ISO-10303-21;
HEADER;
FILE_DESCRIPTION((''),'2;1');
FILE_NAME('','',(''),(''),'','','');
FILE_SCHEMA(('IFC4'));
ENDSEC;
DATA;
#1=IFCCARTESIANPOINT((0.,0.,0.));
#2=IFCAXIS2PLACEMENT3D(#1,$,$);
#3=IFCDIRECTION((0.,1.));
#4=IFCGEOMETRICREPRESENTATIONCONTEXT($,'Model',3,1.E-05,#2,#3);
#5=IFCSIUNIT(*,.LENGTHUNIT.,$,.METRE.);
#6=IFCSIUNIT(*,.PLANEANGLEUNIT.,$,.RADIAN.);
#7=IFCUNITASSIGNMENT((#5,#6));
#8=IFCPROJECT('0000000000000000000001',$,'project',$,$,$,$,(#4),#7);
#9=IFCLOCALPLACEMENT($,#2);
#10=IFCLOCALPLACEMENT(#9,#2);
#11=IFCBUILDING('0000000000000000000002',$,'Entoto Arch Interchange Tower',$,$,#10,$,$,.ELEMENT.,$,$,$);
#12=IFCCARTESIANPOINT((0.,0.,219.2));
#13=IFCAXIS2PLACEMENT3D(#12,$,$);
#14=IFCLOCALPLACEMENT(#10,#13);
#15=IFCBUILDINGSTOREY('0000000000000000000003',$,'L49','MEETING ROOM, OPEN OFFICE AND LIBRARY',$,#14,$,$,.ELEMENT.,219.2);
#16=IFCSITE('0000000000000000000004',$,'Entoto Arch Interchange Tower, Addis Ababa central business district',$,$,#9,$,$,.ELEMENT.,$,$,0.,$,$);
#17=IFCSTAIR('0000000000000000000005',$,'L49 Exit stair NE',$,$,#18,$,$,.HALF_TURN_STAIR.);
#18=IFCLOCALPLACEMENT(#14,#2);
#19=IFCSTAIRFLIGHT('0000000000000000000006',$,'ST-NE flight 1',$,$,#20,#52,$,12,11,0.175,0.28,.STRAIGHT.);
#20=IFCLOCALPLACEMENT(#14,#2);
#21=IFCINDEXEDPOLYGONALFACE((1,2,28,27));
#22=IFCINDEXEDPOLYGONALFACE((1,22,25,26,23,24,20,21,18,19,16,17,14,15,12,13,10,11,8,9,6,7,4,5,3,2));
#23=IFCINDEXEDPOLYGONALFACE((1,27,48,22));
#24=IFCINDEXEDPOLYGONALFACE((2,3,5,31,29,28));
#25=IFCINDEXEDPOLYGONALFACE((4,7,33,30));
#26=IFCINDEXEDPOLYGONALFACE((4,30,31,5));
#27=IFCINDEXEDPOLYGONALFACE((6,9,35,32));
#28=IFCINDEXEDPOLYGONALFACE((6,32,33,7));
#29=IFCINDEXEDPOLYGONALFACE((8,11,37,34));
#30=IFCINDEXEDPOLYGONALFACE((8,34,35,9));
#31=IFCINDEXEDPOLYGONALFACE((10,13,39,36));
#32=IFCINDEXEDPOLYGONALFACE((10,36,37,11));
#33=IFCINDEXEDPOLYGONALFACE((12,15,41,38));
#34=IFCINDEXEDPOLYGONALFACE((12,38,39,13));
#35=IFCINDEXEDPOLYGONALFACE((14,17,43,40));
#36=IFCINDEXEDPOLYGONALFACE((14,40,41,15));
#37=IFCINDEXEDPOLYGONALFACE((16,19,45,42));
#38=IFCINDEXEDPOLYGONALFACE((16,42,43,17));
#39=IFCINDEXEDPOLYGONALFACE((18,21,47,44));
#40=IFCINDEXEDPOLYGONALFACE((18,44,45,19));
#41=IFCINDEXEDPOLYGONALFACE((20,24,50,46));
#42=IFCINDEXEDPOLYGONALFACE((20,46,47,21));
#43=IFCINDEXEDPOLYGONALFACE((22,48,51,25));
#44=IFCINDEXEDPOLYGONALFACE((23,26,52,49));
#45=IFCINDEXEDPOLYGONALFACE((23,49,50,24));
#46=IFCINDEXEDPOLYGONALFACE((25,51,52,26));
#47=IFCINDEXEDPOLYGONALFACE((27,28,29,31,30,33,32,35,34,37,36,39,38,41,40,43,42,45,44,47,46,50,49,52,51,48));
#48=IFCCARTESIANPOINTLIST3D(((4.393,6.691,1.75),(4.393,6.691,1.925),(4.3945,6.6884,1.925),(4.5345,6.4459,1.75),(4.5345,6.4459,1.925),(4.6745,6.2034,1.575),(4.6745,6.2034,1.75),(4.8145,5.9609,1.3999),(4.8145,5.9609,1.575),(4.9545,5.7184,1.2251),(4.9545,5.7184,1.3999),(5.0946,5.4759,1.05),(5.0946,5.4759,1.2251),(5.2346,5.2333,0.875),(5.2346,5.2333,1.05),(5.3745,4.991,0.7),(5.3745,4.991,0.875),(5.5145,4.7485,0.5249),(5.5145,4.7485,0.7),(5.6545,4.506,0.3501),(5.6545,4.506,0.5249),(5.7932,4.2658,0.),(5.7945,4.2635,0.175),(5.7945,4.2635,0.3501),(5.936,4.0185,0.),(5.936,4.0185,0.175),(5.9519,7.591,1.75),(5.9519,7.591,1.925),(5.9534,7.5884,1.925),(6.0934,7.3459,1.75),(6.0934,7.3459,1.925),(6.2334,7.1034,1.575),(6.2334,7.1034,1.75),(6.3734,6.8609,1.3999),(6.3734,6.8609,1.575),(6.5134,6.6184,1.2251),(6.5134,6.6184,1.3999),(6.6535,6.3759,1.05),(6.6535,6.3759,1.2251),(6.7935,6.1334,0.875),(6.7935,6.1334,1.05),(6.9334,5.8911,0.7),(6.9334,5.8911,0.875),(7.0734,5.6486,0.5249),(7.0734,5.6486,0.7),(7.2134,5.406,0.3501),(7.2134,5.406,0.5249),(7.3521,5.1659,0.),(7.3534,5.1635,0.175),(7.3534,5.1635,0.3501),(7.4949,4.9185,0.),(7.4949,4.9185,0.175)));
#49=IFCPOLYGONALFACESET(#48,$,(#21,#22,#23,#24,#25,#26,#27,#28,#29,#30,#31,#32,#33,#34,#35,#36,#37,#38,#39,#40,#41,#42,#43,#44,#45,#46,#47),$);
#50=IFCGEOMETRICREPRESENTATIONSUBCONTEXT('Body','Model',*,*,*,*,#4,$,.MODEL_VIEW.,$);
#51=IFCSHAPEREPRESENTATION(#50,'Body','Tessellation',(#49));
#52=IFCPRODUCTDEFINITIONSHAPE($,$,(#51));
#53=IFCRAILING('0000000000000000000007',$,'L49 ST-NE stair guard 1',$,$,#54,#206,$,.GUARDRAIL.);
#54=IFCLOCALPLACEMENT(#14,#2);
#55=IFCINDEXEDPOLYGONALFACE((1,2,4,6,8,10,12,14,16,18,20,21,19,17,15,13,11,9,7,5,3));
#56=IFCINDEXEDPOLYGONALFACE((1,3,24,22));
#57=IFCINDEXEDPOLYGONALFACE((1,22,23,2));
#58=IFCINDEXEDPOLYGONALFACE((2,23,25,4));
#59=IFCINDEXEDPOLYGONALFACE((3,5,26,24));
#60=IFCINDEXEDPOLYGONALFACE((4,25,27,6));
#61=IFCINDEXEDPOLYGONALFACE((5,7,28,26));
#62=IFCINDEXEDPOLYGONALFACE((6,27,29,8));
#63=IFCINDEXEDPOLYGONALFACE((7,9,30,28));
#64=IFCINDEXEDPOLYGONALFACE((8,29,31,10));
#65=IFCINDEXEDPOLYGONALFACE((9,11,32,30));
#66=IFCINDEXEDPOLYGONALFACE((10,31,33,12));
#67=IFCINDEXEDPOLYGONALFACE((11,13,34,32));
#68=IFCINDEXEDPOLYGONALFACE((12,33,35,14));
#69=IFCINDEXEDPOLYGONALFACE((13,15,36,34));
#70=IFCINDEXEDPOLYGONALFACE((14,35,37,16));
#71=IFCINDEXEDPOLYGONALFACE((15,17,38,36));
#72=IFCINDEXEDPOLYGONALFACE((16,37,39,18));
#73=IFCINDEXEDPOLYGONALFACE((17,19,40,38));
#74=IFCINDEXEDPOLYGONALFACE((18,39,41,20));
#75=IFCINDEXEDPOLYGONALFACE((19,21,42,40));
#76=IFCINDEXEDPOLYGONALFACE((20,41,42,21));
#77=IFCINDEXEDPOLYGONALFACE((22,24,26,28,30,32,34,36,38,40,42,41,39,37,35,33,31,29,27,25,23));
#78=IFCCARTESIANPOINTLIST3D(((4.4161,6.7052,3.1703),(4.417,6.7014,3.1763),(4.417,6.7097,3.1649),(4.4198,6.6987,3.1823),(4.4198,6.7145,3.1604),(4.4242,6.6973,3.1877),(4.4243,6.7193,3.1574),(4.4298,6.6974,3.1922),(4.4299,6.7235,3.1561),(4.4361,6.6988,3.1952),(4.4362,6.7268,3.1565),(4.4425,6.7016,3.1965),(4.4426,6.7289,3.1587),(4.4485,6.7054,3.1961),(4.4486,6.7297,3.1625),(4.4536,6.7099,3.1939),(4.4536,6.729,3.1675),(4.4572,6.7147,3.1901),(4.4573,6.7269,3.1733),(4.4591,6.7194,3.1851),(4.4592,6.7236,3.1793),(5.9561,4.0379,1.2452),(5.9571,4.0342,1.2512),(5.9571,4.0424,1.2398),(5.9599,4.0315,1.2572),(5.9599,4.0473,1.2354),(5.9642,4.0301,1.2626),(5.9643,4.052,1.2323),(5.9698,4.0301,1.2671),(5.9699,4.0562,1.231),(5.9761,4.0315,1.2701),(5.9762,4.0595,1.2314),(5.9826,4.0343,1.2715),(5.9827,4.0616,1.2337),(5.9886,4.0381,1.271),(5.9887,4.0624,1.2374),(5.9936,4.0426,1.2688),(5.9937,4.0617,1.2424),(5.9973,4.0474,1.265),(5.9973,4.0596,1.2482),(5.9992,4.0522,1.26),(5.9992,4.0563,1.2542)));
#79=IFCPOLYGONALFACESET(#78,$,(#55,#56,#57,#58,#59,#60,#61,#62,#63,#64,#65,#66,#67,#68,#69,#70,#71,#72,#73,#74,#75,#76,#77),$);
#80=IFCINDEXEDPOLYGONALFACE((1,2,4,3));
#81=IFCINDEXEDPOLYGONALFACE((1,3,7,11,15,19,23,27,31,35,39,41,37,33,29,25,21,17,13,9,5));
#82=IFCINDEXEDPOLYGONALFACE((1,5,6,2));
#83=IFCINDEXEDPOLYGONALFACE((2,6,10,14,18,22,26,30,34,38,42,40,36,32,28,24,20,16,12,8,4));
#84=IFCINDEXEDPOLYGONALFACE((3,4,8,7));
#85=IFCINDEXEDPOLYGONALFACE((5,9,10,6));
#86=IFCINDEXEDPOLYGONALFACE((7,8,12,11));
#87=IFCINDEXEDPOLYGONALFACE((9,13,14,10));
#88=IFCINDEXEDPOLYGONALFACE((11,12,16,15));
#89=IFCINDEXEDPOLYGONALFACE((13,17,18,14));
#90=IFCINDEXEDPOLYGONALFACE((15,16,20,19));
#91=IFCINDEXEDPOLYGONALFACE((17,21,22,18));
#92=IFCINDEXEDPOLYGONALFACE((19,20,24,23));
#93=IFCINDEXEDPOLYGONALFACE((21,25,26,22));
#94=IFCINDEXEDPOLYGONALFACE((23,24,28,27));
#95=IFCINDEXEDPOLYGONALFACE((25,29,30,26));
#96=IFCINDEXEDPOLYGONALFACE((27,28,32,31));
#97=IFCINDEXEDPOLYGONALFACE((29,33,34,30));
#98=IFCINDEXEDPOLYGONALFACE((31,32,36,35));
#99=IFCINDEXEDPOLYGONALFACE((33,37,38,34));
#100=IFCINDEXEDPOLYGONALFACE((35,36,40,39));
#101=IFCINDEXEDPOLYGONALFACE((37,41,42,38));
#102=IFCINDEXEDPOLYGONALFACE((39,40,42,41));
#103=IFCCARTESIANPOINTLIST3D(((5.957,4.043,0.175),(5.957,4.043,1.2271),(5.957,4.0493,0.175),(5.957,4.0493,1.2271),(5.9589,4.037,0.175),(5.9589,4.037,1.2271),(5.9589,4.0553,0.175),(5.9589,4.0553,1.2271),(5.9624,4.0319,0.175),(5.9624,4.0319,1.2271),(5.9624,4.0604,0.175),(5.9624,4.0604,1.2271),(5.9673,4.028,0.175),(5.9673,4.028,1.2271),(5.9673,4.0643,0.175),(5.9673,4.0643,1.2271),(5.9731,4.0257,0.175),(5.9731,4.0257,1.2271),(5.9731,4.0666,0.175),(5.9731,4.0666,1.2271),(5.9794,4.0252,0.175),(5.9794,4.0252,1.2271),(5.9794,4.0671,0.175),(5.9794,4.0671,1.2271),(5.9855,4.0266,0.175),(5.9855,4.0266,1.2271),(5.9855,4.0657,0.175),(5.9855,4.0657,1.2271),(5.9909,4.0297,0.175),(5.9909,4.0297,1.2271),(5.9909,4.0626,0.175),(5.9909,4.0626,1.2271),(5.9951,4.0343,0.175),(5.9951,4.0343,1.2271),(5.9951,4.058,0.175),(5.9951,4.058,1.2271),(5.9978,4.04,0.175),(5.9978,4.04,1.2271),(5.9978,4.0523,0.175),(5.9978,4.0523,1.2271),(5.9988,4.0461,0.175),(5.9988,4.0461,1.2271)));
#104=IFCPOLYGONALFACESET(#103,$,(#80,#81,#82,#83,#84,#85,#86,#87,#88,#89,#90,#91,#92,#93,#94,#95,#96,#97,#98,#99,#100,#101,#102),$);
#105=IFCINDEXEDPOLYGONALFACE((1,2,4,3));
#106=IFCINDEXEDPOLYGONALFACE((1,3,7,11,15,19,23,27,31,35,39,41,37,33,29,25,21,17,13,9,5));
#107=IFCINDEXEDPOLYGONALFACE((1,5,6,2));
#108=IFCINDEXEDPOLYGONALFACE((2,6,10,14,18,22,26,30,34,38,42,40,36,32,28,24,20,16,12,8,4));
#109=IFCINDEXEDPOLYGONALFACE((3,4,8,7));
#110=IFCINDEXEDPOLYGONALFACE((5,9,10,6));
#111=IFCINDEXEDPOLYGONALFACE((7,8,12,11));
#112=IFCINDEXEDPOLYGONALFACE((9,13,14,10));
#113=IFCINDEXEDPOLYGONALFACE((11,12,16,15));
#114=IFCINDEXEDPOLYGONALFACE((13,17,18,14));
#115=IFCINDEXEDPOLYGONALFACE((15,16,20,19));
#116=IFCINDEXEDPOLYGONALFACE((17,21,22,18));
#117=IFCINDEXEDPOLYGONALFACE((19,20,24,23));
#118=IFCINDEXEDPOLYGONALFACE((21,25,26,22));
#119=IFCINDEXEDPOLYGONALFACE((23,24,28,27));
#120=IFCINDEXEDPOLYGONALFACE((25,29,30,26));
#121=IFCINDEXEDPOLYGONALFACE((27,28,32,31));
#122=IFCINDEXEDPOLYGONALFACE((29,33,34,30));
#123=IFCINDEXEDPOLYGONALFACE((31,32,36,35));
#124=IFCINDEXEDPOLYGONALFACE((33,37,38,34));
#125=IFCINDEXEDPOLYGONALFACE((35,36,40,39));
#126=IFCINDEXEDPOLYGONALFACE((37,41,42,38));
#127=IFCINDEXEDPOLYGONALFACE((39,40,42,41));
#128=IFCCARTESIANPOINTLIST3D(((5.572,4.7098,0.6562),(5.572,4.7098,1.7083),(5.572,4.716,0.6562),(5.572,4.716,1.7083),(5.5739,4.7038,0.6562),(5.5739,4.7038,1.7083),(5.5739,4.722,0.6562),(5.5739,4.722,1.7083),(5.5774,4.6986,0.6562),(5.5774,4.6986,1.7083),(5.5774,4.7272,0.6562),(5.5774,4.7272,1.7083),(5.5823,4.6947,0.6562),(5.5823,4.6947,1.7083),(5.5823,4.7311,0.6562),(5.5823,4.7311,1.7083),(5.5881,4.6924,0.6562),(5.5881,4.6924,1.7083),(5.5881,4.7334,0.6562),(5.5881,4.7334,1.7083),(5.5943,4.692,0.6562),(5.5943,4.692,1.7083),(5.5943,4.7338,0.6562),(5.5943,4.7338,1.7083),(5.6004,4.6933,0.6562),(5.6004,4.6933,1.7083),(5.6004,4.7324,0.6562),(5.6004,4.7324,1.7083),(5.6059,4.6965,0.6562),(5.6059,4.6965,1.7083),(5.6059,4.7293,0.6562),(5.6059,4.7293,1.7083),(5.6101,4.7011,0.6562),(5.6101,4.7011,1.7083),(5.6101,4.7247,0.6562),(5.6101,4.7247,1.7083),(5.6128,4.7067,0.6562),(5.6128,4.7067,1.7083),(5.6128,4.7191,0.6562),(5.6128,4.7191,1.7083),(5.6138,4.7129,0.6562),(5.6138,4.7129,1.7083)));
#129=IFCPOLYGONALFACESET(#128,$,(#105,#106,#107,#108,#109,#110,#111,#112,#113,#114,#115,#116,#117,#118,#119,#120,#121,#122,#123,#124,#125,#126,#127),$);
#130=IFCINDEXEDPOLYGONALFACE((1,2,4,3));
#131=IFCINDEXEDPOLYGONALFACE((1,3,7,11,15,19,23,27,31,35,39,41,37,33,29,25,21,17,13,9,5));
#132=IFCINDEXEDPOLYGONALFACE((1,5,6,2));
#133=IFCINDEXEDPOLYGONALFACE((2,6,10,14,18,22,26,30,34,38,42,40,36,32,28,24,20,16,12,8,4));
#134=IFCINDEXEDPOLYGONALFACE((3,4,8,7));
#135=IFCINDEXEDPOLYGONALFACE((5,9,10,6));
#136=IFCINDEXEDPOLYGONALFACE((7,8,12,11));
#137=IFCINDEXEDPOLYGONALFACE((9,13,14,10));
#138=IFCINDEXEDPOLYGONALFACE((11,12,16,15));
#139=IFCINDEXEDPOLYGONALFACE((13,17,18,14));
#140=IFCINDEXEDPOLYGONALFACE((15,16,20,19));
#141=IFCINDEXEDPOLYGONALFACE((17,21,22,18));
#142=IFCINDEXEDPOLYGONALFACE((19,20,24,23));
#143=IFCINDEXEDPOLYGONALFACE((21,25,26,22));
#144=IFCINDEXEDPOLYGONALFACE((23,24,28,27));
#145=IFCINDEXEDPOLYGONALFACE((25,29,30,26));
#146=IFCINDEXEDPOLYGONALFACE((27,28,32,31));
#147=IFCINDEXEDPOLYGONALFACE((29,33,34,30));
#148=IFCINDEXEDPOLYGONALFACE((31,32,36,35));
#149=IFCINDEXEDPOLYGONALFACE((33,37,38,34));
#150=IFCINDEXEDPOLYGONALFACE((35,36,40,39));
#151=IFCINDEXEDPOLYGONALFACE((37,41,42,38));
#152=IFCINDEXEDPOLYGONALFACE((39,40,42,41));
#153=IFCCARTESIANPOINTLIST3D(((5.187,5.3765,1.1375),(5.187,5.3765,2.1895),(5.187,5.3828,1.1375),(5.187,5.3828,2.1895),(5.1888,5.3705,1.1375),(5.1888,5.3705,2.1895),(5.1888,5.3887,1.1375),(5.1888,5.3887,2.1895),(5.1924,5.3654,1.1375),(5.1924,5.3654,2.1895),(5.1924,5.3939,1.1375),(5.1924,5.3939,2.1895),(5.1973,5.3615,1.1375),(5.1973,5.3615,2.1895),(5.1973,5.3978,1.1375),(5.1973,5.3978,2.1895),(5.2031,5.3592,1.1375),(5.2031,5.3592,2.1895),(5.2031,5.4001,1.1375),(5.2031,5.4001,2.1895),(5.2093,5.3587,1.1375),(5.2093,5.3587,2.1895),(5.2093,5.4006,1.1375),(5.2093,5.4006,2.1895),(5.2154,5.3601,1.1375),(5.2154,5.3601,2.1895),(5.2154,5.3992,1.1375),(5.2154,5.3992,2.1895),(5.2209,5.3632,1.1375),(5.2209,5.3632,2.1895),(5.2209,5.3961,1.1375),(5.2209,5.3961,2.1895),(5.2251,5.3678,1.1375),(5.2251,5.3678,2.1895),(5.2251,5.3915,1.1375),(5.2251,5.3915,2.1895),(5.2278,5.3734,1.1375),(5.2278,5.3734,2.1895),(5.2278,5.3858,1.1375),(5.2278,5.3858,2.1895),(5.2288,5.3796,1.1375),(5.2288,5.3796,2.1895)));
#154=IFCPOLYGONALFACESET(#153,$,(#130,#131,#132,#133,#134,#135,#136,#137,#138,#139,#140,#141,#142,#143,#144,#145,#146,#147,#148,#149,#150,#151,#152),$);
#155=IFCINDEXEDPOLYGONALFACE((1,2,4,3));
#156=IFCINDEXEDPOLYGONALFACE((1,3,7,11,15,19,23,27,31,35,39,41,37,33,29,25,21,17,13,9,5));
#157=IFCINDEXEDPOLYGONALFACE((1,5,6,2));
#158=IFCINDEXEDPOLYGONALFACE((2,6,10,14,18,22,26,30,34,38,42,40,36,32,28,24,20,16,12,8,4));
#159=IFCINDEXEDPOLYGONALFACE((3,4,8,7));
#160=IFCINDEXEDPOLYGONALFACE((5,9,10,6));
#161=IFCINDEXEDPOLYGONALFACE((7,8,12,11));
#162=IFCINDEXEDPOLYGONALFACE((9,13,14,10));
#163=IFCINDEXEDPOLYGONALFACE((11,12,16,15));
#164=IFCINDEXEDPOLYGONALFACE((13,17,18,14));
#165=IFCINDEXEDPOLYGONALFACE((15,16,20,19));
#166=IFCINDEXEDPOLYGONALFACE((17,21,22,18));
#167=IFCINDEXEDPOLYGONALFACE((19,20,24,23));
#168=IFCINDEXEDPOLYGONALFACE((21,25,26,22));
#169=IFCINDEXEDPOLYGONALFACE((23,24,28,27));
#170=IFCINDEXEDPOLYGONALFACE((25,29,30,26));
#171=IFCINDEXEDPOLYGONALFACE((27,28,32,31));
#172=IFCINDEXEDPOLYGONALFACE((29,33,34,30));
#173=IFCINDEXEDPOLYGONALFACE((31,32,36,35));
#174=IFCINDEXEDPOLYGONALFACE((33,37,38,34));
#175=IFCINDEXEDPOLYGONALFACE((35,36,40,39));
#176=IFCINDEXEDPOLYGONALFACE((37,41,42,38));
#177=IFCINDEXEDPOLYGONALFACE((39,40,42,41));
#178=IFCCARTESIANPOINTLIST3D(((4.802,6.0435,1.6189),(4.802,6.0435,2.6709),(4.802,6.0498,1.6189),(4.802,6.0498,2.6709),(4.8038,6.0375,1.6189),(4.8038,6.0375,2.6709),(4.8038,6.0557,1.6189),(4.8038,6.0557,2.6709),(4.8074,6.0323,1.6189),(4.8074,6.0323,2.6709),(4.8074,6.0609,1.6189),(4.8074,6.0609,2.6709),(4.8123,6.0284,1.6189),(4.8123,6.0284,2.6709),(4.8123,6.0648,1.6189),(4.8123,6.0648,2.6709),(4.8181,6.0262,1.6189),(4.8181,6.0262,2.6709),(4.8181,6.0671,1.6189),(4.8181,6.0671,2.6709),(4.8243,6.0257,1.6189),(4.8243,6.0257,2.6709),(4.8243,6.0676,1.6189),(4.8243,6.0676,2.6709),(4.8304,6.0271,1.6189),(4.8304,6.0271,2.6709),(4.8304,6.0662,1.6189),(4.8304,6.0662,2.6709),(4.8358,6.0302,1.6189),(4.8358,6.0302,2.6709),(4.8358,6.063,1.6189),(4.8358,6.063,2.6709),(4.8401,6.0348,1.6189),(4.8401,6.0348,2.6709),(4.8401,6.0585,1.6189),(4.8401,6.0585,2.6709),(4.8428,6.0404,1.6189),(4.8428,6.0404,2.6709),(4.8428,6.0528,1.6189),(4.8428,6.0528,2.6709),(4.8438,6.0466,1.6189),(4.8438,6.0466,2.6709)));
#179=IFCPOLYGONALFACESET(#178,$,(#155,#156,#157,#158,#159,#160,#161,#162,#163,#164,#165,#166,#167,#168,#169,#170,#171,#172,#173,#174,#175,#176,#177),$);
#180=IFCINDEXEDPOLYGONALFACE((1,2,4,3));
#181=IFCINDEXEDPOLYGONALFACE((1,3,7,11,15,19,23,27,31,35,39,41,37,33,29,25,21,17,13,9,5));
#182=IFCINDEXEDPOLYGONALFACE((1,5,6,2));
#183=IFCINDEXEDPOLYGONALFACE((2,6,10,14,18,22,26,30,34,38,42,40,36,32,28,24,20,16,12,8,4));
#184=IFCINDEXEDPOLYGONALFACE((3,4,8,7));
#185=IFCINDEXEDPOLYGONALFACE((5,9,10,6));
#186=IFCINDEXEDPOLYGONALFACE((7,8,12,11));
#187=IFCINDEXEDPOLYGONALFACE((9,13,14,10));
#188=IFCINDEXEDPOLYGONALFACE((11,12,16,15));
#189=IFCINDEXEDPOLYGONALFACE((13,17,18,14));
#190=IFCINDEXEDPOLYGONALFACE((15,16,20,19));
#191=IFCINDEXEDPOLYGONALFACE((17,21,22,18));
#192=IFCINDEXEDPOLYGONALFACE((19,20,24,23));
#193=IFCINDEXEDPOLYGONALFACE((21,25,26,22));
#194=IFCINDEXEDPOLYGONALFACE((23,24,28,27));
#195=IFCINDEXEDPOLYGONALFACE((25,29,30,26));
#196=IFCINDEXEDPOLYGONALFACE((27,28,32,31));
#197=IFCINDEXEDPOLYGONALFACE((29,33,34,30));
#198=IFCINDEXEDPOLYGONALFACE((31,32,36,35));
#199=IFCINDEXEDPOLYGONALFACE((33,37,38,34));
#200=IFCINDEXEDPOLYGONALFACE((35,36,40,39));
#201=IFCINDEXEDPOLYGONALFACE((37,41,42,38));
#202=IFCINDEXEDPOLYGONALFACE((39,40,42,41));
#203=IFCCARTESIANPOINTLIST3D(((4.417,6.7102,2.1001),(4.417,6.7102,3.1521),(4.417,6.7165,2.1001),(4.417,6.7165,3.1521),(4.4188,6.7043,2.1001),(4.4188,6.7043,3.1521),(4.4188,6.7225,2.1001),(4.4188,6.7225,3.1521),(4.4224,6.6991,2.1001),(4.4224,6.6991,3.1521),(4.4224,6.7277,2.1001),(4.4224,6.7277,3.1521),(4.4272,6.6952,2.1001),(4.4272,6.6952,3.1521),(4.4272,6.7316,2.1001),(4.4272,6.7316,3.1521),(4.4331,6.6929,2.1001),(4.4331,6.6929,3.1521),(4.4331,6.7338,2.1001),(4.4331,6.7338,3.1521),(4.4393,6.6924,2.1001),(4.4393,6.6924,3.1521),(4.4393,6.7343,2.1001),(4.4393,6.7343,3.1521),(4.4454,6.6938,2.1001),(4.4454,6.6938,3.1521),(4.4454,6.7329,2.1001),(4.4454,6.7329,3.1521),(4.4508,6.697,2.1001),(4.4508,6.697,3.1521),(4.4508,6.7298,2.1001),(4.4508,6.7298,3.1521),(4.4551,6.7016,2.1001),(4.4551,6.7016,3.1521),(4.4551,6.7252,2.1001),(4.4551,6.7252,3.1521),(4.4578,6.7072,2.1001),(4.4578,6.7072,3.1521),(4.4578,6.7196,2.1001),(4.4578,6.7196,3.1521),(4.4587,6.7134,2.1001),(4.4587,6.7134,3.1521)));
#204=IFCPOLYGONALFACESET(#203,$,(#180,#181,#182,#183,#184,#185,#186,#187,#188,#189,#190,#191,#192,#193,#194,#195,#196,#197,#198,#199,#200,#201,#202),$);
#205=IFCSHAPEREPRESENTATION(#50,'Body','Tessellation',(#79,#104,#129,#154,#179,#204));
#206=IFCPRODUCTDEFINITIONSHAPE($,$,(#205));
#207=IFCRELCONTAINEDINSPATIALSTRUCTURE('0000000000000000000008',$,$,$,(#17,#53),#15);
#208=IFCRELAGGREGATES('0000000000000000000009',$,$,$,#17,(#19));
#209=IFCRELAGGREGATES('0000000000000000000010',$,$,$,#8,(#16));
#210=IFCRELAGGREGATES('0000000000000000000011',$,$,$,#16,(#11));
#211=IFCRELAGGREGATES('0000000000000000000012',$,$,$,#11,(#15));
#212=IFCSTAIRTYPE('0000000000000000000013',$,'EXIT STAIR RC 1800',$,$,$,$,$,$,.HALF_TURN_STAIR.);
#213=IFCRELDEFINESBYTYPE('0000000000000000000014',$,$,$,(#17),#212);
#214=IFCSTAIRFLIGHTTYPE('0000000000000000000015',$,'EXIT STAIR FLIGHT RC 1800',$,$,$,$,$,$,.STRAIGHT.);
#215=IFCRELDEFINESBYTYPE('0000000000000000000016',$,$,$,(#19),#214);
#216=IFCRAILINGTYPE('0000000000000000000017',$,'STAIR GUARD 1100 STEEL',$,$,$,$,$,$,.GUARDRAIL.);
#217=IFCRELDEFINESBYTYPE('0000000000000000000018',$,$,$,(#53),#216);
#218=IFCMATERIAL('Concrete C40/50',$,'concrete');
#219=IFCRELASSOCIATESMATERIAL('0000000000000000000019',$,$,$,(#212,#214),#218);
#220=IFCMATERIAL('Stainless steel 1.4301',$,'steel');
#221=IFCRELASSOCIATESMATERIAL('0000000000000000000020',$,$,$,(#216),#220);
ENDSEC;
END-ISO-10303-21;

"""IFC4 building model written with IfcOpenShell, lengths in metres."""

from ifc_helpers import new_model, si_unit, direction, frame, origin, origin_2d, place, context, subcontext, project, spatial, polyline, circle, outline, extrude, material, type_object, element, aggregate, save


model = new_model("IFC4")

# Units and contexts
model_context = context("Model", 3, precision=1e-05, world=origin(), true_north=direction((0.0, 1.0)))
body_context = subcontext(model_context, "Body", "Model", "MODEL_VIEW")
ifc_project = project(units=[si_unit("LENGTHUNIT", "METRE"), si_unit("PLANEANGLEUNIT", "RADIAN")], contexts=[model_context])

# Site, building, storey
site_placement = place(None, origin())
site = spatial("IfcSite", under=ifc_project, at=site_placement, Name="Entoto Arch Interchange Tower, Addis Ababa central business district", CompositionType="ELEMENT", RefElevation=0.0)
building_placement = place(site_placement, origin())
building = spatial("IfcBuilding", under=site, at=building_placement, Name="Entoto Arch Interchange Tower", CompositionType="ELEMENT")
storey_placement = place(building_placement, frame((0.0, 0.0, 219.2)))
storey = spatial("IfcBuildingStorey", under=building, at=storey_placement, Name="L49", Description="MEETING ROOM, OPEN OFFICE AND LIBRARY", CompositionType="ELEMENT", Elevation=219.2)

# Shared definitions
ifc_material_1 = material(Name="Concrete C40/50", Category="concrete")

# Stair, stair flight
stair_type = type_object("IfcStairType", Name="EXIT STAIR RC 1800", PredefinedType="HALF_TURN_STAIR", material=ifc_material_1)
stair_placement = place(storey_placement, origin())
stair = element("IfcStair", 1, at=stair_placement, inside=storey, type_object=stair_type, Name="L49 Exit stair NE", PredefinedType="HALF_TURN_STAIR")
stair_flight_type = type_object("IfcStairFlightType", Name="EXIT STAIR FLIGHT RC 1800", PredefinedType="STRAIGHT", material=ifc_material_1)
stair_flight_placement = place(storey_placement, frame((6.7139, 4.4709, 0.0), z_axis=(0.0, 0.0, 1.0), x_axis=(-0.5, 0.866025, 0.0)))
stair_flight = element("IfcStairFlight", 2, at=stair_flight_placement, type_object=stair_flight_type, Name="ST-NE flight 1", NumberOfRisers=12, NumberOfTreads=11, PredefinedType="STRAIGHT", RiserHeight=0.175, TreadLength=0.28, context=body_context, shape_type="SweptSolid", body=[
    extrude(outline(polyline([(-0.0029, 0.0), (-0.0029, 0.175), (0.28, 0.175), (0.28, 0.3501), (0.5601, 0.3501), (0.5601, 0.5249), (0.8401, 0.5249), (0.8401, 0.7), (1.1201, 0.7), (1.1201, 0.875), (1.3999, 0.875), (1.3999, 1.05), (1.6799, 1.05), (1.6799, 1.2251), (1.96, 1.2251), (1.96, 1.3999), (2.24, 1.3999), (2.24, 1.575), (2.52, 1.575), (2.52, 1.75), (2.8, 1.75), (2.8, 1.925), (3.0801, 1.925), (3.083, 1.925), (3.083, 1.75), (0.2827, 0.0), (-0.0029, 0.0)])), frame((0.0, 0.8999, 0.0), z_axis=(0.0, -1.0, 0.0), x_axis=(1.0, 0.0, 0.0)), (0.0, 0.0, 1.0), 1.8),
])
aggregate(stair, [stair_flight])

# Railing
ifc_material_2 = material(Name="Stainless steel 1.4301", Category="steel")
railing_type_1 = type_object("IfcRailingType", Name="STAIR GUARD 1100 STEEL", PredefinedType="GUARDRAIL", material=ifc_material_2)
railing_1_placement = place(storey_placement, frame((5.9778, 4.0461, 0.175)))
element("IfcRailing", 3, at=railing_1_placement, inside=storey, type_object=railing_type_1, Name="L49 ST-NE stair guard 1", PredefinedType="GUARDRAIL", context=body_context, shape_type="SweptSolid", body=[
    extrude(circle(Radius=0.0239, at=origin_2d()), frame((0.0, 0.0, 1.0762), z_axis=(-0.424015, 0.734364, 0.530019), x_axis=(-0.86601, -0.500027, 0.0)), (0.0, 0.0, 1.0), 3.6321),
    extrude(circle(Radius=0.021, at=origin_2d()), origin(), (0.0, 0.0, 1.0), 1.052),
    extrude(circle(Radius=0.021, at=origin_2d()), frame((-0.385, 0.6667, 0.4812)), (0.0, 0.0, 1.0), 1.052),
    extrude(circle(Radius=0.021, at=origin_2d()), frame((-0.77, 1.3335, 0.9624)), (0.0, 0.0, 1.0), 1.052),
    extrude(circle(Radius=0.021, at=origin_2d()), frame((-1.155, 2.0005, 1.4438)), (0.0, 0.0, 1.0), 1.052),
    extrude(circle(Radius=0.021, at=origin_2d()), frame((-1.54, 2.6672, 1.925)), (0.0, 0.0, 1.0), 1.052),
])

save(model, "model.ifc")
